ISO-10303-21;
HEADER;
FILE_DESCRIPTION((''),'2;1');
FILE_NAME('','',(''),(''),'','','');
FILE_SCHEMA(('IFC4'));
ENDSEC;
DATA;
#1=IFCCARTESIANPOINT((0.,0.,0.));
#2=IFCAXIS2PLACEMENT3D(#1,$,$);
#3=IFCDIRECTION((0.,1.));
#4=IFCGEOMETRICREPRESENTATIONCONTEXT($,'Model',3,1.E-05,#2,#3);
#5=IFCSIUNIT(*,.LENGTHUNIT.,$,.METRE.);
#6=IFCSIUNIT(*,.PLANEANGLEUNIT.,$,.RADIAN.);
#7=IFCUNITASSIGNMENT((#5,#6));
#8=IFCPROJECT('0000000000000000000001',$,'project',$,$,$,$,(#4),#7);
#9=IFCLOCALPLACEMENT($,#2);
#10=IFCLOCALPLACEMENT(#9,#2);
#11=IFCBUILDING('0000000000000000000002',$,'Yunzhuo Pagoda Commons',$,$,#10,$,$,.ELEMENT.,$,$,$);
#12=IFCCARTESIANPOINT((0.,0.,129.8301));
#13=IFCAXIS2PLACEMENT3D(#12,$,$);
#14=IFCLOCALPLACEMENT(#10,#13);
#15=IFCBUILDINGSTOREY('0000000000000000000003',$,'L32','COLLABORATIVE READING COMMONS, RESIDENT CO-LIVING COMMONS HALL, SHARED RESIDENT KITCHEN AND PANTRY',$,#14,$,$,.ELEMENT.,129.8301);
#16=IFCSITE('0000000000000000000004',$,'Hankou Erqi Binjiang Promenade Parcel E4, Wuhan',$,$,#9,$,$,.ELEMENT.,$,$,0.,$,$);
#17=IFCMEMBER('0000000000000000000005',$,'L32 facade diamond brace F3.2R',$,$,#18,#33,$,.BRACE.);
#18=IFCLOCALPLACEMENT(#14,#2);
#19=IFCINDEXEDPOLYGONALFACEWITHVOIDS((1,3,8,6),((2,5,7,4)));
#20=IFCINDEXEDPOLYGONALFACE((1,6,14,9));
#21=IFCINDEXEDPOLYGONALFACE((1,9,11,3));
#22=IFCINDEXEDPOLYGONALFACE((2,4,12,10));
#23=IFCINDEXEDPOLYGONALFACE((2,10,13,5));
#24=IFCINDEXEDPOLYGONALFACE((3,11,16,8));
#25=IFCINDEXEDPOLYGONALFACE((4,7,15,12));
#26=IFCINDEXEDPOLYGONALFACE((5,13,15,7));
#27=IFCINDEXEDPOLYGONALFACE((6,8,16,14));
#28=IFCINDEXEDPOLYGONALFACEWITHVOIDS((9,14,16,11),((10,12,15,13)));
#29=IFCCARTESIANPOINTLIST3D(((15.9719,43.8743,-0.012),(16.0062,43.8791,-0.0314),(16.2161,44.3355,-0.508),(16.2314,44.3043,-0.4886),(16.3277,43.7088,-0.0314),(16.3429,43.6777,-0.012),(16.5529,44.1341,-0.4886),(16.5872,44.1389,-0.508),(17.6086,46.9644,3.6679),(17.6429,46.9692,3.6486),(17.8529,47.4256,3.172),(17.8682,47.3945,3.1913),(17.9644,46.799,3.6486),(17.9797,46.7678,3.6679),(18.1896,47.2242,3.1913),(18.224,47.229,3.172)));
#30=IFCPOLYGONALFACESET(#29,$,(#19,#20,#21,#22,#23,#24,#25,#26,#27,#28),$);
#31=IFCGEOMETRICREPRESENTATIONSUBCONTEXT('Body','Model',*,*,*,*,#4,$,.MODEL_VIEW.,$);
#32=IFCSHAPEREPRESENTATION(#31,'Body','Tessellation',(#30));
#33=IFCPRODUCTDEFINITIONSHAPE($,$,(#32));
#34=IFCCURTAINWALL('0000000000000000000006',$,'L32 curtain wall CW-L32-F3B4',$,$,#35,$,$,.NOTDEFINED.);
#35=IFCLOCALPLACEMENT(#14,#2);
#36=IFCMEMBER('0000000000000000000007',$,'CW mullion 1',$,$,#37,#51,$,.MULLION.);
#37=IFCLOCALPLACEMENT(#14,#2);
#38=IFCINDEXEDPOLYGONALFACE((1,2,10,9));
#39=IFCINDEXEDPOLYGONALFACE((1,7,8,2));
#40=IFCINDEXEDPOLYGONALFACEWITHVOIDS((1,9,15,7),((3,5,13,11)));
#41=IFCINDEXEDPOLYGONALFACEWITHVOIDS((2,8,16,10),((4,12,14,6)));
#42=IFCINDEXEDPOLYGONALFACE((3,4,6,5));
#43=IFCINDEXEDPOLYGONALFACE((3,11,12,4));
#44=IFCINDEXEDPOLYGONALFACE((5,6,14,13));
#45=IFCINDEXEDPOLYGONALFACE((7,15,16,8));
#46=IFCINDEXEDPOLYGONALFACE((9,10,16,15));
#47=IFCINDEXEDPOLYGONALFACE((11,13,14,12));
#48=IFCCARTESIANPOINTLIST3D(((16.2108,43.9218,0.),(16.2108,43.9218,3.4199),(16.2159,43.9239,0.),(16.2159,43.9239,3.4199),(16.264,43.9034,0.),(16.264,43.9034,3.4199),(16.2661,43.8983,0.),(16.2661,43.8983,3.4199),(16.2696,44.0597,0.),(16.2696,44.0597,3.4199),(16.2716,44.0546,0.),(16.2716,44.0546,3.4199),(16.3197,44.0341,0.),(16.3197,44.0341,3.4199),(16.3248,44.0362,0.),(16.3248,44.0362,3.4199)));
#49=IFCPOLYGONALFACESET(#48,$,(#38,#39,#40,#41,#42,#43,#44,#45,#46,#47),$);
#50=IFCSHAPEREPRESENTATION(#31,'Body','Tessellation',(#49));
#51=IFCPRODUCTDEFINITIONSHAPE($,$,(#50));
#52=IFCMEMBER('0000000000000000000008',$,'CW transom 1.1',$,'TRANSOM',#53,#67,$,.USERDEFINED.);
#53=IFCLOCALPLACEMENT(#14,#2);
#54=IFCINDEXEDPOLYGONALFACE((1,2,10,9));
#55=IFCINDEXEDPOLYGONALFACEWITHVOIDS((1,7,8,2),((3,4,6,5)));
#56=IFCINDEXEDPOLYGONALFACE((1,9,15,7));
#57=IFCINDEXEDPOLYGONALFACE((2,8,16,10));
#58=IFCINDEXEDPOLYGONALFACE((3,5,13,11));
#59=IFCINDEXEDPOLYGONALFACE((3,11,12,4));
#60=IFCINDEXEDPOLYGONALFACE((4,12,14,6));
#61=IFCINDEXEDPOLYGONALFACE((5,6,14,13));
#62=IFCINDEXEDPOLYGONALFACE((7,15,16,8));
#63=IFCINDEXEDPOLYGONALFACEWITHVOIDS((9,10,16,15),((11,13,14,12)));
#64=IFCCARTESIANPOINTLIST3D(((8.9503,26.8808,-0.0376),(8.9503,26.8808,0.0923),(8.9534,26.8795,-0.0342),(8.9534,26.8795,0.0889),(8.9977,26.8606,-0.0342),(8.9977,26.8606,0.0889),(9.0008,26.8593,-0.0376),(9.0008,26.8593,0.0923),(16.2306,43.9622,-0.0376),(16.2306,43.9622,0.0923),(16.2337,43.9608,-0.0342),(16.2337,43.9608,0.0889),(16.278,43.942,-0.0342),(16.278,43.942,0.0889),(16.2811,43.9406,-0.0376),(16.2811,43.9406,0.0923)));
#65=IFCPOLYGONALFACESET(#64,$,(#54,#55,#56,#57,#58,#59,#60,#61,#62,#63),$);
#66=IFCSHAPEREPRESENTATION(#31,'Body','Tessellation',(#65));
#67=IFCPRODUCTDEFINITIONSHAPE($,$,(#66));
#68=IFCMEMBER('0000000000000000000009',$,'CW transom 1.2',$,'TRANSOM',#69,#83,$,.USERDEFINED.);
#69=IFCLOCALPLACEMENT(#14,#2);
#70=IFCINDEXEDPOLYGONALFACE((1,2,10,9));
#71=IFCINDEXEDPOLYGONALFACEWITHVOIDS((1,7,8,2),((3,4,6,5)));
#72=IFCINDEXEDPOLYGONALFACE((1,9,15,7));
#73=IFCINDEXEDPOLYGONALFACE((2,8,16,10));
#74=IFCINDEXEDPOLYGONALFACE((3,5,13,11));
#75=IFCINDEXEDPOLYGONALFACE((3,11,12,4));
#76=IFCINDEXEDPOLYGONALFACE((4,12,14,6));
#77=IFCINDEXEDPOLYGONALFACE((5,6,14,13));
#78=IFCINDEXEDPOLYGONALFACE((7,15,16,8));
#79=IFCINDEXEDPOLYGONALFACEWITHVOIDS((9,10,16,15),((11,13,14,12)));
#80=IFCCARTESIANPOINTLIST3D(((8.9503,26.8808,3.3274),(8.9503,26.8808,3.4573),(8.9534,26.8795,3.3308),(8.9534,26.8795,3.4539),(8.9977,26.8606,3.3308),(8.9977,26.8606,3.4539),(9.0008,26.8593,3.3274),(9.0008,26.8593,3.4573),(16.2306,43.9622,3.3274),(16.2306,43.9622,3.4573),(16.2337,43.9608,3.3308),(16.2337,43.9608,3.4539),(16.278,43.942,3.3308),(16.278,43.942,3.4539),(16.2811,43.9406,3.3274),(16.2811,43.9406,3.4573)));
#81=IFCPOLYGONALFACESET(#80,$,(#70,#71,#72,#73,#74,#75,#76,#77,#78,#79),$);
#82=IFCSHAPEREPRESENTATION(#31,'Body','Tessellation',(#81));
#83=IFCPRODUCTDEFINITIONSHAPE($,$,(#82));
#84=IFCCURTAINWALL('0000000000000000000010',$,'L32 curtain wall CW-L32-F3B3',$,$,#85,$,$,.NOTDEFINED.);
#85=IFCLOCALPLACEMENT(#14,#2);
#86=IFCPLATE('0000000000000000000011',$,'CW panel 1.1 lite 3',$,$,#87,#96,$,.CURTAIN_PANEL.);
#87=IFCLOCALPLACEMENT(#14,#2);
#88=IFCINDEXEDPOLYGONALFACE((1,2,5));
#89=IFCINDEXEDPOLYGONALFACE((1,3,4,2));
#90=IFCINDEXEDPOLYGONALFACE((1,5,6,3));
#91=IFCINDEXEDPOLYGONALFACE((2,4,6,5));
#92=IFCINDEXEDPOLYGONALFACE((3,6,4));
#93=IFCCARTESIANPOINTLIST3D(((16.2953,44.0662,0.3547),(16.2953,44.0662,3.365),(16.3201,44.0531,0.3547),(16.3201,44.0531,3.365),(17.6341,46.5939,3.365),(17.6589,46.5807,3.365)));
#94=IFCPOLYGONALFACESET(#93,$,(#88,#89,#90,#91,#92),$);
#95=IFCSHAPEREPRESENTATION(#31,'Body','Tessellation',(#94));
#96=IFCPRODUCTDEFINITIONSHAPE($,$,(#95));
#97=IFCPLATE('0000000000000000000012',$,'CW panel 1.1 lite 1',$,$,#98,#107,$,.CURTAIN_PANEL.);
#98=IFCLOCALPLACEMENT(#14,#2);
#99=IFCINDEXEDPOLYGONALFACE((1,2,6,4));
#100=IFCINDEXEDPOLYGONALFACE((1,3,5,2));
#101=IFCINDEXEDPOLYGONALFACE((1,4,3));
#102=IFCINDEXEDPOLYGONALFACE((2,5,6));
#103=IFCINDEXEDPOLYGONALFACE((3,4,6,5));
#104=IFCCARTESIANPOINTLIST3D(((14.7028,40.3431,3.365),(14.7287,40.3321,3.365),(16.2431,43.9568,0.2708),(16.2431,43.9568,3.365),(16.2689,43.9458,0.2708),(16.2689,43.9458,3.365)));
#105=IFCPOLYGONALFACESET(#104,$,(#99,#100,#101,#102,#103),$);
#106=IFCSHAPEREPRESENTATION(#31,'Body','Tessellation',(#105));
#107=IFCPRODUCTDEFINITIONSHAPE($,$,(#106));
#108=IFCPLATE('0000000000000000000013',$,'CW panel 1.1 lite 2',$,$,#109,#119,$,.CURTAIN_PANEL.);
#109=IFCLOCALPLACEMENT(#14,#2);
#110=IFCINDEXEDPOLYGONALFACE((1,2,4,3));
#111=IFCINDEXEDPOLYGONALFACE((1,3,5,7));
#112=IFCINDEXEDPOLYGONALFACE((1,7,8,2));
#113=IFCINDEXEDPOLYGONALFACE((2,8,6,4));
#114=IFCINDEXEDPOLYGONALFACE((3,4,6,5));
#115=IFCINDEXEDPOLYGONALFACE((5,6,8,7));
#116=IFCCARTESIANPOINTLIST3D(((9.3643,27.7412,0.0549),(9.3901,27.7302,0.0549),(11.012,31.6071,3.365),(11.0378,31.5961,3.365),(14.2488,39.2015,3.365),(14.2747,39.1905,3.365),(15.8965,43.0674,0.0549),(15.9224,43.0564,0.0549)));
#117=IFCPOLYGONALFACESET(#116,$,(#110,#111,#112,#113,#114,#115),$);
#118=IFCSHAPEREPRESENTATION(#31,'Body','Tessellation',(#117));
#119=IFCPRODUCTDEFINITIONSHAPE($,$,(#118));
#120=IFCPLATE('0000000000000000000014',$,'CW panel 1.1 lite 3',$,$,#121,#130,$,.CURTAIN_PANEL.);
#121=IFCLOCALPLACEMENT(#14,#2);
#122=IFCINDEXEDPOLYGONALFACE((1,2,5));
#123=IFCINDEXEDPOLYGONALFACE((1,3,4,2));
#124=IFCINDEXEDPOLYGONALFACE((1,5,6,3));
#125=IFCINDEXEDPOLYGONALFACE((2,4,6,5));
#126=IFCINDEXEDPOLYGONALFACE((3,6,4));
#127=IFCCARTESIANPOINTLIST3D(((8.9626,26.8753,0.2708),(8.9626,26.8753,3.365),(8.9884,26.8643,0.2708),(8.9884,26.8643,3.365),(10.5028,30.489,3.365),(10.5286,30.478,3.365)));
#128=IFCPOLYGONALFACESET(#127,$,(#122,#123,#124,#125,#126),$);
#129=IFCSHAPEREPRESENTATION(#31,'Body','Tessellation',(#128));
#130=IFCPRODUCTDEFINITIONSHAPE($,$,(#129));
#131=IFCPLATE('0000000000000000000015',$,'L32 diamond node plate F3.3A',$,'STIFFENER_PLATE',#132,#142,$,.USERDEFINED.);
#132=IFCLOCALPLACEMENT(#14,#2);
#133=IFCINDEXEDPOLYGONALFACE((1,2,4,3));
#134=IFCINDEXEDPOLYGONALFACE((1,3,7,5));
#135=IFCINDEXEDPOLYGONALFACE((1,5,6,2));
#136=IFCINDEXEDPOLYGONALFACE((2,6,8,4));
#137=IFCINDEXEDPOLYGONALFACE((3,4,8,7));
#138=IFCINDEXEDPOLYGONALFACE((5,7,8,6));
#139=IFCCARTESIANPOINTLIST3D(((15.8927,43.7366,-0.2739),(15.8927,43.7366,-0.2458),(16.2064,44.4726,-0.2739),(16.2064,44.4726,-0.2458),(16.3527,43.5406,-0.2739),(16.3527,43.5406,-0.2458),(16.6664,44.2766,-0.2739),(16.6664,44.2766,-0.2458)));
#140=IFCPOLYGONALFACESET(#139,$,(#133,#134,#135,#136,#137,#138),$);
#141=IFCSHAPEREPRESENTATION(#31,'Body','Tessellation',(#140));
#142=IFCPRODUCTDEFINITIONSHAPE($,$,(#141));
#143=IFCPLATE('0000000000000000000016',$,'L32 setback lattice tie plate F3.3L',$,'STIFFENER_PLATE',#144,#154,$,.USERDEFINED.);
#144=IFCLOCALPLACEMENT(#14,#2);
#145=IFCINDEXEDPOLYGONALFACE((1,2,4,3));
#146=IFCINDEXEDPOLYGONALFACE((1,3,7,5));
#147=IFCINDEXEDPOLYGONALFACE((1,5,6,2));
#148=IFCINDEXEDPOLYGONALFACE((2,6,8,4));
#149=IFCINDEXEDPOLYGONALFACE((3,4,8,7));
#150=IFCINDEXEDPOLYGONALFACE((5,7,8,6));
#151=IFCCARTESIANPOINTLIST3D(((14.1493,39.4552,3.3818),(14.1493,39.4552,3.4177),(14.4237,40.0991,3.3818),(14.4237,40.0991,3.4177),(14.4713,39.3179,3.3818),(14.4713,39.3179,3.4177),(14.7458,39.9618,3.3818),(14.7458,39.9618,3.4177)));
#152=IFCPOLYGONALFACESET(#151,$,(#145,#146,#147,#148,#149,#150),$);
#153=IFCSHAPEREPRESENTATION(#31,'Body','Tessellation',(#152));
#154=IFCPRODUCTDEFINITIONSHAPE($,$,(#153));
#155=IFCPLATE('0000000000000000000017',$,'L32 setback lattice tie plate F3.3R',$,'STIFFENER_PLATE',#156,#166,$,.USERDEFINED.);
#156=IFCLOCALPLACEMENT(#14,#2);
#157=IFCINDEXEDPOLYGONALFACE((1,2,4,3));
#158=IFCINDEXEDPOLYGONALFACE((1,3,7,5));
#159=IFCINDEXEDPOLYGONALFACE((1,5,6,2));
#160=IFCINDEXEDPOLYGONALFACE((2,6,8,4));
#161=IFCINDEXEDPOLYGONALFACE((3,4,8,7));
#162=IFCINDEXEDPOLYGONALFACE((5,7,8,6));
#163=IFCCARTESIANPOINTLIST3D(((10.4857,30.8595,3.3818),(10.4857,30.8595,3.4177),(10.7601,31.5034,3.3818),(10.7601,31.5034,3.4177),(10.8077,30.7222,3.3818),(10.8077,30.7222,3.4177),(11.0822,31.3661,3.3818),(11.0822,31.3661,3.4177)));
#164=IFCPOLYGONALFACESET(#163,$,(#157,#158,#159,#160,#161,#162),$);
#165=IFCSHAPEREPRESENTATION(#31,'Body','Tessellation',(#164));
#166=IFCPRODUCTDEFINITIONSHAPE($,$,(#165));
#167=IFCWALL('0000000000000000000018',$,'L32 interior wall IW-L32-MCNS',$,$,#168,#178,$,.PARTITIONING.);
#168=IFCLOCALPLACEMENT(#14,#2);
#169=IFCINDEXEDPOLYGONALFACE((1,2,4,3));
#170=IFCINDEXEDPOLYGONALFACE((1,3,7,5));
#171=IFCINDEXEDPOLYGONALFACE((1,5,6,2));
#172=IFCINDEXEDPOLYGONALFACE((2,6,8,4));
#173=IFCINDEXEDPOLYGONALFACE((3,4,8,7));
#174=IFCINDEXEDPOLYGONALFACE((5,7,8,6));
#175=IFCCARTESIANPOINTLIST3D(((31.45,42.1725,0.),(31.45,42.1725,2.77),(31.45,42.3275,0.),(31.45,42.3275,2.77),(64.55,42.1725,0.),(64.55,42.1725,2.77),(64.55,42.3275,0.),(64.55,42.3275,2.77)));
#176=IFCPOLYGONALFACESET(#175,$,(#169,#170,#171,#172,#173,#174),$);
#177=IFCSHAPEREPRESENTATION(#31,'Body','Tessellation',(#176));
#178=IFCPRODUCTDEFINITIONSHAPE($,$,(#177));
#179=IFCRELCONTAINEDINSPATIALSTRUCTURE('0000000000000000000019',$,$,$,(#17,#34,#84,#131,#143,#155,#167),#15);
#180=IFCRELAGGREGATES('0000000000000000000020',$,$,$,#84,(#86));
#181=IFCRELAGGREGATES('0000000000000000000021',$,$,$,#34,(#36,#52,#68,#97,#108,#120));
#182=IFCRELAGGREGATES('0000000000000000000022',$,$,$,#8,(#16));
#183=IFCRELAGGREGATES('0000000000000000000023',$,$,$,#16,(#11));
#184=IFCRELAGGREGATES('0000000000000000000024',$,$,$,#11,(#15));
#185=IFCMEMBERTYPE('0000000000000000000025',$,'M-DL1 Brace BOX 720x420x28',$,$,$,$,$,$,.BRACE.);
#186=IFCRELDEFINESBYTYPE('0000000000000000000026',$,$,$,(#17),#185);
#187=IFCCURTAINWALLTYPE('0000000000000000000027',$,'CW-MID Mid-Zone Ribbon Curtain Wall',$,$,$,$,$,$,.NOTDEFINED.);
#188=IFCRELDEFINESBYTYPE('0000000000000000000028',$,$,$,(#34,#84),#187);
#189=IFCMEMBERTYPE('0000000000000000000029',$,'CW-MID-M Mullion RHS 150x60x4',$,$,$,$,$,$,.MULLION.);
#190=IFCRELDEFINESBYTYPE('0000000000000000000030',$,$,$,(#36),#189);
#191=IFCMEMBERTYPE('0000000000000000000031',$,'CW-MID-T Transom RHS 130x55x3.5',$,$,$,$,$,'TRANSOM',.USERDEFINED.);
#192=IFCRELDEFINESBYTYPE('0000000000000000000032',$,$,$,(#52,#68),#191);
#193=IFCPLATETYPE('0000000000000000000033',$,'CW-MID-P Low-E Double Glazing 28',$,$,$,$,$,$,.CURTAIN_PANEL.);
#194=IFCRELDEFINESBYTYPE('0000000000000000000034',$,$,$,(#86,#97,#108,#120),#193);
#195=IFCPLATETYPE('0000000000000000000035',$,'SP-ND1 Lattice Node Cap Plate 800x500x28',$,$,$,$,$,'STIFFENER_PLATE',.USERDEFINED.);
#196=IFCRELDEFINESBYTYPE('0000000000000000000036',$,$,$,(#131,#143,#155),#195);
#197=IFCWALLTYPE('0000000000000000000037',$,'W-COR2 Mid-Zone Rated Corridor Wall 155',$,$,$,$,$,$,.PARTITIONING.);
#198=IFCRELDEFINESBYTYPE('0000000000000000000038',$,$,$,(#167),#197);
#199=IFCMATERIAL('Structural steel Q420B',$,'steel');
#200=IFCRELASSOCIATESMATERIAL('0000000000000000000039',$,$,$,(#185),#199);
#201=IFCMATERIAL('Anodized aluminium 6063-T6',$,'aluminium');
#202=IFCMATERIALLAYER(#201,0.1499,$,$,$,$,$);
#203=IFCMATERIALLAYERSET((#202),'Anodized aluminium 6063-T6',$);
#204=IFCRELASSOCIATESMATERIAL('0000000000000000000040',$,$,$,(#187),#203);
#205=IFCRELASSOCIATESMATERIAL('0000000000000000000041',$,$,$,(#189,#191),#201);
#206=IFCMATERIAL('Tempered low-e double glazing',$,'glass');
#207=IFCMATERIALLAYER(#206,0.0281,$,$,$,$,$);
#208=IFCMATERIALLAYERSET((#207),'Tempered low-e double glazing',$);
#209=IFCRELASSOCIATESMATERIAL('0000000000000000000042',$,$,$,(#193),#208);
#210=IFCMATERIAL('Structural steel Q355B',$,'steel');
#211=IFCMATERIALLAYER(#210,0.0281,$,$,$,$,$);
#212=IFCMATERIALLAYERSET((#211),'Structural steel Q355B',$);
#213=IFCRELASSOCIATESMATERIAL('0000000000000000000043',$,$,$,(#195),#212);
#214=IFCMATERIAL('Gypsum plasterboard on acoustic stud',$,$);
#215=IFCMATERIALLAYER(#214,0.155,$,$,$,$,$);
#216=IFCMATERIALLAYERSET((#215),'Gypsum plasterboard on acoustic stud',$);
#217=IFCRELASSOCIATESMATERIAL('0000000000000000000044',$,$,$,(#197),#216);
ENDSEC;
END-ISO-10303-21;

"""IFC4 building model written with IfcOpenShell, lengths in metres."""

from ifc_helpers import new_model, si_unit, direction, frame, frame_2d, origin, origin_2d, place, context, subcontext, project, spatial, polyline, rectangle, hollow_rectangle, outline, extrude, source, transform, mapped, material, layer, layer_set, material_profile, profile_set, type_object, element, aggregate, save


model = new_model("IFC4")

# Units and contexts
model_context = context("Model", 3, precision=1e-05, world=origin(), true_north=direction((0.0, 1.0)))
body_context = subcontext(model_context, "Body", "Model", "MODEL_VIEW")
ifc_project = project(units=[si_unit("LENGTHUNIT", "METRE"), si_unit("PLANEANGLEUNIT", "RADIAN")], contexts=[model_context])

# Site, building, storey
site_placement = place(None, origin())
site = spatial("IfcSite", under=ifc_project, at=site_placement, Name="Hankou Erqi Binjiang Promenade Parcel E4, Wuhan", CompositionType="ELEMENT", RefElevation=0.0)
building_placement = place(site_placement, origin())
building = spatial("IfcBuilding", under=site, at=building_placement, Name="Yunzhuo Pagoda Commons", CompositionType="ELEMENT")
storey_placement = place(building_placement, frame((0.0, 0.0, 129.8301)))
storey = spatial("IfcBuildingStorey", under=building, at=storey_placement, Name="L32", Description="COLLABORATIVE READING COMMONS, RESIDENT CO-LIVING COMMONS HALL, SHARED RESIDENT KITCHEN AND PANTRY", CompositionType="ELEMENT", Elevation=129.8301)

# Shared definitions
ifc_material_1 = material(Name="Structural steel Q420B", Category="steel")

# Shared definitions
ifc_material_2 = material(Name="Structural steel Q355B", Category="steel")

# Member
ifc_material_profile_1 = material_profile(ifc_material_1, hollow_rectangle(XDim=0.4199, YDim=0.72, WallThickness=0.0281, at=origin_2d()), Name="Structural steel Q420B")
ifc_profile_set_1 = profile_set([ifc_material_profile_1], Name="Structural steel Q420B")
member_type_1 = type_object("IfcMemberType", Name="M-DL1 Brace BOX 720x420x28", PredefinedType="BRACE", material=ifc_profile_set_1)
shared_shape_1 = source(origin(), body_context, "Body", "SweptSolid", [
    extrude(hollow_rectangle(XDim=0.4199, YDim=0.72, WallThickness=0.0281, at=origin_2d()), origin(), (0.0, 0.0, 1.0), 5.0764),
])
member_1_placement = place(storey_placement, frame((16.2795, 44.0066, -0.26), z_axis=(0.32242, 0.608722, 0.724916), x_axis=(-0.883694, 0.468064, 0.0)))
element("IfcMember", 1, at=member_1_placement, inside=storey, type_object=member_type_1, Name="L32 facade diamond brace F3.2R", PredefinedType="BRACE", context=body_context, shape_type="MappedRepresentation", body=[
    mapped(shared_shape_1, transform((0.0, 0.0, 0.0), scale=1.0)),
])

# Curtain wall, members
ifc_material_3 = material(Name="Anodized aluminium 6063-T6", Category="aluminium")
ifc_layer_1 = layer(ifc_material_3, 0.1499)
ifc_layer_set_1 = layer_set([ifc_layer_1], Name="Anodized aluminium 6063-T6")
curtain_wall_type = type_object("IfcCurtainWallType", Name="CW-MID Mid-Zone Ribbon Curtain Wall", PredefinedType="NOTDEFINED", material=ifc_layer_set_1)
curtain_wall_1_placement = place(storey_placement, origin())
curtain_wall_1 = element("IfcCurtainWall", 2, at=curtain_wall_1_placement, inside=storey, type_object=curtain_wall_type, Name="L32 curtain wall CW-L32-F3B4", PredefinedType="NOTDEFINED")
ifc_material_profile_2 = material_profile(ifc_material_3, hollow_rectangle(XDim=0.0601, YDim=0.1499, WallThickness=0.0039, at=origin_2d()), Name="Anodized aluminium 6063-T6")
ifc_profile_set_2 = profile_set([ifc_material_profile_2], Name="Anodized aluminium 6063-T6")
member_type_2 = type_object("IfcMemberType", Name="CW-MID-M Mullion RHS 150x60x4", PredefinedType="MULLION", material=ifc_profile_set_2)
shared_shape_2 = source(origin(), body_context, "Body", "SweptSolid", [
    extrude(hollow_rectangle(XDim=0.0601, YDim=0.1499, WallThickness=0.0039, at=origin_2d()), origin(), (0.0, 0.0, 1.0), 3.4199),
])
member_2_placement = place(storey_placement, frame((16.2678, 43.979, 0.0), z_axis=(0.0, 0.0, 1.0), x_axis=(0.919928, -0.392087, 0.0)))
member_2 = element("IfcMember", 3, at=member_2_placement, type_object=member_type_2, Name="CW mullion 1", PredefinedType="MULLION", context=body_context, shape_type="MappedRepresentation", body=[
    mapped(shared_shape_2, transform((0.0, 0.0, 0.0), scale=1.0)),
])
ifc_material_profile_3 = material_profile(ifc_material_3, hollow_rectangle(XDim=0.0549, YDim=0.1299, WallThickness=0.0034, at=origin_2d()), Name="Anodized aluminium 6063-T6")
ifc_profile_set_3 = profile_set([ifc_material_profile_3], Name="Anodized aluminium 6063-T6")
member_type_3 = type_object("IfcMemberType", Name="CW-MID-T Transom RHS 130x55x3.5", ElementType="TRANSOM", PredefinedType="USERDEFINED", material=ifc_profile_set_3)
shared_shape_3 = source(origin(), body_context, "Body", "SweptSolid", [
    extrude(hollow_rectangle(XDim=0.0549, YDim=0.1299, WallThickness=0.0034, at=origin_2d()), origin(), (0.0, 0.0, 1.0), 18.5681),
])
member_3_placement = place(storey_placement, frame((16.2559, 43.9514, 0.0273), z_axis=(-0.392086, -0.919929, 0.0), x_axis=(0.919929, -0.392086, 0.0)))
member_3 = element("IfcMember", 4, at=member_3_placement, type_object=member_type_3, Name="CW transom 1.1", ObjectType="TRANSOM", PredefinedType="USERDEFINED", context=body_context, shape_type="MappedRepresentation", body=[
    mapped(shared_shape_3, transform((0.0, 0.0, 0.0), scale=1.0)),
])
member_4_placement = place(storey_placement, frame((16.2559, 43.9514, 3.3923), z_axis=(-0.392086, -0.919929, 0.0), x_axis=(0.919929, -0.392086, 0.0)))
member_4 = element("IfcMember", 5, at=member_4_placement, type_object=member_type_3, Name="CW transom 1.2", ObjectType="TRANSOM", PredefinedType="USERDEFINED", context=body_context, shape_type="MappedRepresentation", body=[
    mapped(shared_shape_3, transform((0.0, 0.0, 0.0), scale=1.0)),
])

# Curtain wall, plate
curtain_wall_2_placement = place(storey_placement, origin())
curtain_wall_2 = element("IfcCurtainWall", 6, at=curtain_wall_2_placement, inside=storey, type_object=curtain_wall_type, Name="L32 curtain wall CW-L32-F3B3", PredefinedType="NOTDEFINED")
ifc_material_4 = material(Name="Tempered low-e double glazing", Category="glass")
ifc_layer_2 = layer(ifc_material_4, 0.0281)
ifc_layer_set_2 = layer_set([ifc_layer_2], Name="Tempered low-e double glazing")
plate_type_1 = type_object("IfcPlateType", Name="CW-MID-P Low-E Double Glazing 28", PredefinedType="CURTAIN_PANEL", material=ifc_layer_set_2)
plate_1_placement = place(storey_placement, frame((16.9895, 45.3169, 1.8599), z_axis=(-0.883694, 0.468065, 0.0), x_axis=(-0.468065, -0.883694, 0.0)))
plate_1 = element("IfcPlate", 7, at=plate_1_placement, type_object=plate_type_1, Name="CW panel 1.1 lite 3", PredefinedType="CURTAIN_PANEL", context=body_context, shape_type="SweptSolid", body=[
    extrude(outline(polyline([(-1.4302, 1.5051), (1.4302, -1.5051), (1.4302, 1.5051), (-1.4302, 1.5051)])), origin(), (0.0, 0.0, 1.0), 0.0281),
])
aggregate(curtain_wall_2, [plate_1])

# Plates
plate_2_placement = place(storey_placement, frame((15.4988, 42.1389, 1.8179), z_axis=(-0.919928, 0.392087, 0.0), x_axis=(-0.392087, -0.919928, 0.0)))
plate_2 = element("IfcPlate", 8, at=plate_2_placement, type_object=plate_type_1, Name="CW panel 1.1 lite 1", PredefinedType="CURTAIN_PANEL", context=body_context, shape_type="SweptSolid", body=[
    extrude(outline(polyline([(-1.9641, -1.5471), (1.9641, 1.5471), (-1.9641, 1.5471), (-1.9641, -1.5471)])), origin(), (0.0, 0.0, 1.0), 0.0281),
])
plate_3_placement = place(storey_placement, frame((12.6562, 35.3933, 1.71), z_axis=(-0.919928, 0.392087, 0.0), x_axis=(-0.392087, -0.919928, 0.0)))
plate_3 = element("IfcPlate", 9, at=plate_3_placement, type_object=plate_type_1, Name="CW panel 1.1 lite 2", PredefinedType="CURTAIN_PANEL", context=body_context, shape_type="SweptSolid", body=[
    extrude(outline(polyline([(-8.3301, -1.655), (8.3301, -1.655), (4.1277, 1.655), (-4.1277, 1.655), (-8.3301, -1.655)])), origin(), (0.0, 0.0, 1.0), 0.0281),
])
plate_4_placement = place(storey_placement, frame((9.7585, 28.6711, 1.8179), z_axis=(-0.919928, 0.392087, 0.0), x_axis=(-0.392087, -0.919928, 0.0)))
plate_4 = element("IfcPlate", 10, at=plate_4_placement, type_object=plate_type_1, Name="CW panel 1.1 lite 3", PredefinedType="CURTAIN_PANEL", context=body_context, shape_type="SweptSolid", body=[
    extrude(outline(polyline([(-1.9641, 1.5471), (1.9641, -1.5471), (1.9641, 1.5471), (-1.9641, 1.5471)])), origin(), (0.0, 0.0, 1.0), 0.0281),
])
aggregate(curtain_wall_1, [member_2, member_3, member_4, plate_2, plate_3, plate_4])

# Plates
ifc_layer_3 = layer(ifc_material_2, 0.0281)
ifc_layer_set_3 = layer_set([ifc_layer_3], Name="Structural steel Q355B")
plate_type_2 = type_object("IfcPlateType", Name="SP-ND1 Lattice Node Cap Plate 800x500x28", ElementType="STIFFENER_PLATE", PredefinedType="USERDEFINED", material=ifc_layer_set_3)
shared_shape_4 = source(origin(), body_context, "Body", "SweptSolid", [
    extrude(rectangle(XDim=0.8, YDim=0.5, at=origin_2d()), origin(), (0.0, 0.0, 1.0), 0.0281),
])
plate_5_placement = place(storey_placement, frame((16.2795, 44.0066, -0.2739), z_axis=(0.0, 0.0, 1.0), x_axis=(-0.39208, -0.919931, 0.0)))
element("IfcPlate", 11, at=plate_5_placement, inside=storey, type_object=plate_type_2, Name="L32 diamond node plate F3.3A", ObjectType="STIFFENER_PLATE", PredefinedType="USERDEFINED", context=body_context, shape_type="MappedRepresentation", body=[
    mapped(shared_shape_4, transform((0.0, 0.0, 0.0), scale=1.0)),
])
shared_shape_5 = source(origin(), body_context, "Body", "SweptSolid", [
    extrude(rectangle(XDim=0.7, YDim=0.3501, at=origin_2d()), origin(), (0.0, 0.0, 1.0), 0.0359),
])
for number, where, z_axis, x_axis, name in (
    (12, (14.4475, 39.7085, 3.3818), (0.0, 0.0, 1.0), (-0.39208, -0.919931, 0.0), "L32 setback lattice tie plate F3.3L"),
    (13, (10.7839, 31.1128, 3.3818), (0.0, 0.0, 1.0), (-0.39208, -0.919931, 0.0), "L32 setback lattice tie plate F3.3R"),
):
    element("IfcPlate", number, at=place(storey_placement, frame(where, z_axis=z_axis, x_axis=x_axis)), inside=storey, type_object=plate_type_2, Name=name, ObjectType="STIFFENER_PLATE", PredefinedType="USERDEFINED", context=body_context, shape_type="MappedRepresentation", body=[
        mapped(shared_shape_5, transform((0.0, 0.0, 0.0), scale=1.0)),
    ])

# Wall
ifc_material_5 = material(Name="Gypsum plasterboard on acoustic stud")
ifc_layer_4 = layer(ifc_material_5, 0.155)
ifc_layer_set_4 = layer_set([ifc_layer_4], Name="Gypsum plasterboard on acoustic stud")
wall_type_1 = type_object("IfcWallType", Name="W-COR2 Mid-Zone Rated Corridor Wall 155", PredefinedType="PARTITIONING", material=ifc_layer_set_4)
wall_1_placement = place(storey_placement, frame((31.45, 42.25, 0.0), z_axis=(0.0, 0.0, 1.0), x_axis=(1.0, 0.0, 0.0)))
element("IfcWall", 14, at=wall_1_placement, inside=storey, type_object=wall_type_1, Name="L32 interior wall IW-L32-MCNS", PredefinedType="PARTITIONING", context=body_context, shape_type="SweptSolid", body=[
    extrude(rectangle(XDim=33.1001, YDim=0.155, at=frame_2d((16.55, 0.0))), origin(), (0.0, 0.0, 1.0), 2.77),
])

save(model, "model.ifc")
